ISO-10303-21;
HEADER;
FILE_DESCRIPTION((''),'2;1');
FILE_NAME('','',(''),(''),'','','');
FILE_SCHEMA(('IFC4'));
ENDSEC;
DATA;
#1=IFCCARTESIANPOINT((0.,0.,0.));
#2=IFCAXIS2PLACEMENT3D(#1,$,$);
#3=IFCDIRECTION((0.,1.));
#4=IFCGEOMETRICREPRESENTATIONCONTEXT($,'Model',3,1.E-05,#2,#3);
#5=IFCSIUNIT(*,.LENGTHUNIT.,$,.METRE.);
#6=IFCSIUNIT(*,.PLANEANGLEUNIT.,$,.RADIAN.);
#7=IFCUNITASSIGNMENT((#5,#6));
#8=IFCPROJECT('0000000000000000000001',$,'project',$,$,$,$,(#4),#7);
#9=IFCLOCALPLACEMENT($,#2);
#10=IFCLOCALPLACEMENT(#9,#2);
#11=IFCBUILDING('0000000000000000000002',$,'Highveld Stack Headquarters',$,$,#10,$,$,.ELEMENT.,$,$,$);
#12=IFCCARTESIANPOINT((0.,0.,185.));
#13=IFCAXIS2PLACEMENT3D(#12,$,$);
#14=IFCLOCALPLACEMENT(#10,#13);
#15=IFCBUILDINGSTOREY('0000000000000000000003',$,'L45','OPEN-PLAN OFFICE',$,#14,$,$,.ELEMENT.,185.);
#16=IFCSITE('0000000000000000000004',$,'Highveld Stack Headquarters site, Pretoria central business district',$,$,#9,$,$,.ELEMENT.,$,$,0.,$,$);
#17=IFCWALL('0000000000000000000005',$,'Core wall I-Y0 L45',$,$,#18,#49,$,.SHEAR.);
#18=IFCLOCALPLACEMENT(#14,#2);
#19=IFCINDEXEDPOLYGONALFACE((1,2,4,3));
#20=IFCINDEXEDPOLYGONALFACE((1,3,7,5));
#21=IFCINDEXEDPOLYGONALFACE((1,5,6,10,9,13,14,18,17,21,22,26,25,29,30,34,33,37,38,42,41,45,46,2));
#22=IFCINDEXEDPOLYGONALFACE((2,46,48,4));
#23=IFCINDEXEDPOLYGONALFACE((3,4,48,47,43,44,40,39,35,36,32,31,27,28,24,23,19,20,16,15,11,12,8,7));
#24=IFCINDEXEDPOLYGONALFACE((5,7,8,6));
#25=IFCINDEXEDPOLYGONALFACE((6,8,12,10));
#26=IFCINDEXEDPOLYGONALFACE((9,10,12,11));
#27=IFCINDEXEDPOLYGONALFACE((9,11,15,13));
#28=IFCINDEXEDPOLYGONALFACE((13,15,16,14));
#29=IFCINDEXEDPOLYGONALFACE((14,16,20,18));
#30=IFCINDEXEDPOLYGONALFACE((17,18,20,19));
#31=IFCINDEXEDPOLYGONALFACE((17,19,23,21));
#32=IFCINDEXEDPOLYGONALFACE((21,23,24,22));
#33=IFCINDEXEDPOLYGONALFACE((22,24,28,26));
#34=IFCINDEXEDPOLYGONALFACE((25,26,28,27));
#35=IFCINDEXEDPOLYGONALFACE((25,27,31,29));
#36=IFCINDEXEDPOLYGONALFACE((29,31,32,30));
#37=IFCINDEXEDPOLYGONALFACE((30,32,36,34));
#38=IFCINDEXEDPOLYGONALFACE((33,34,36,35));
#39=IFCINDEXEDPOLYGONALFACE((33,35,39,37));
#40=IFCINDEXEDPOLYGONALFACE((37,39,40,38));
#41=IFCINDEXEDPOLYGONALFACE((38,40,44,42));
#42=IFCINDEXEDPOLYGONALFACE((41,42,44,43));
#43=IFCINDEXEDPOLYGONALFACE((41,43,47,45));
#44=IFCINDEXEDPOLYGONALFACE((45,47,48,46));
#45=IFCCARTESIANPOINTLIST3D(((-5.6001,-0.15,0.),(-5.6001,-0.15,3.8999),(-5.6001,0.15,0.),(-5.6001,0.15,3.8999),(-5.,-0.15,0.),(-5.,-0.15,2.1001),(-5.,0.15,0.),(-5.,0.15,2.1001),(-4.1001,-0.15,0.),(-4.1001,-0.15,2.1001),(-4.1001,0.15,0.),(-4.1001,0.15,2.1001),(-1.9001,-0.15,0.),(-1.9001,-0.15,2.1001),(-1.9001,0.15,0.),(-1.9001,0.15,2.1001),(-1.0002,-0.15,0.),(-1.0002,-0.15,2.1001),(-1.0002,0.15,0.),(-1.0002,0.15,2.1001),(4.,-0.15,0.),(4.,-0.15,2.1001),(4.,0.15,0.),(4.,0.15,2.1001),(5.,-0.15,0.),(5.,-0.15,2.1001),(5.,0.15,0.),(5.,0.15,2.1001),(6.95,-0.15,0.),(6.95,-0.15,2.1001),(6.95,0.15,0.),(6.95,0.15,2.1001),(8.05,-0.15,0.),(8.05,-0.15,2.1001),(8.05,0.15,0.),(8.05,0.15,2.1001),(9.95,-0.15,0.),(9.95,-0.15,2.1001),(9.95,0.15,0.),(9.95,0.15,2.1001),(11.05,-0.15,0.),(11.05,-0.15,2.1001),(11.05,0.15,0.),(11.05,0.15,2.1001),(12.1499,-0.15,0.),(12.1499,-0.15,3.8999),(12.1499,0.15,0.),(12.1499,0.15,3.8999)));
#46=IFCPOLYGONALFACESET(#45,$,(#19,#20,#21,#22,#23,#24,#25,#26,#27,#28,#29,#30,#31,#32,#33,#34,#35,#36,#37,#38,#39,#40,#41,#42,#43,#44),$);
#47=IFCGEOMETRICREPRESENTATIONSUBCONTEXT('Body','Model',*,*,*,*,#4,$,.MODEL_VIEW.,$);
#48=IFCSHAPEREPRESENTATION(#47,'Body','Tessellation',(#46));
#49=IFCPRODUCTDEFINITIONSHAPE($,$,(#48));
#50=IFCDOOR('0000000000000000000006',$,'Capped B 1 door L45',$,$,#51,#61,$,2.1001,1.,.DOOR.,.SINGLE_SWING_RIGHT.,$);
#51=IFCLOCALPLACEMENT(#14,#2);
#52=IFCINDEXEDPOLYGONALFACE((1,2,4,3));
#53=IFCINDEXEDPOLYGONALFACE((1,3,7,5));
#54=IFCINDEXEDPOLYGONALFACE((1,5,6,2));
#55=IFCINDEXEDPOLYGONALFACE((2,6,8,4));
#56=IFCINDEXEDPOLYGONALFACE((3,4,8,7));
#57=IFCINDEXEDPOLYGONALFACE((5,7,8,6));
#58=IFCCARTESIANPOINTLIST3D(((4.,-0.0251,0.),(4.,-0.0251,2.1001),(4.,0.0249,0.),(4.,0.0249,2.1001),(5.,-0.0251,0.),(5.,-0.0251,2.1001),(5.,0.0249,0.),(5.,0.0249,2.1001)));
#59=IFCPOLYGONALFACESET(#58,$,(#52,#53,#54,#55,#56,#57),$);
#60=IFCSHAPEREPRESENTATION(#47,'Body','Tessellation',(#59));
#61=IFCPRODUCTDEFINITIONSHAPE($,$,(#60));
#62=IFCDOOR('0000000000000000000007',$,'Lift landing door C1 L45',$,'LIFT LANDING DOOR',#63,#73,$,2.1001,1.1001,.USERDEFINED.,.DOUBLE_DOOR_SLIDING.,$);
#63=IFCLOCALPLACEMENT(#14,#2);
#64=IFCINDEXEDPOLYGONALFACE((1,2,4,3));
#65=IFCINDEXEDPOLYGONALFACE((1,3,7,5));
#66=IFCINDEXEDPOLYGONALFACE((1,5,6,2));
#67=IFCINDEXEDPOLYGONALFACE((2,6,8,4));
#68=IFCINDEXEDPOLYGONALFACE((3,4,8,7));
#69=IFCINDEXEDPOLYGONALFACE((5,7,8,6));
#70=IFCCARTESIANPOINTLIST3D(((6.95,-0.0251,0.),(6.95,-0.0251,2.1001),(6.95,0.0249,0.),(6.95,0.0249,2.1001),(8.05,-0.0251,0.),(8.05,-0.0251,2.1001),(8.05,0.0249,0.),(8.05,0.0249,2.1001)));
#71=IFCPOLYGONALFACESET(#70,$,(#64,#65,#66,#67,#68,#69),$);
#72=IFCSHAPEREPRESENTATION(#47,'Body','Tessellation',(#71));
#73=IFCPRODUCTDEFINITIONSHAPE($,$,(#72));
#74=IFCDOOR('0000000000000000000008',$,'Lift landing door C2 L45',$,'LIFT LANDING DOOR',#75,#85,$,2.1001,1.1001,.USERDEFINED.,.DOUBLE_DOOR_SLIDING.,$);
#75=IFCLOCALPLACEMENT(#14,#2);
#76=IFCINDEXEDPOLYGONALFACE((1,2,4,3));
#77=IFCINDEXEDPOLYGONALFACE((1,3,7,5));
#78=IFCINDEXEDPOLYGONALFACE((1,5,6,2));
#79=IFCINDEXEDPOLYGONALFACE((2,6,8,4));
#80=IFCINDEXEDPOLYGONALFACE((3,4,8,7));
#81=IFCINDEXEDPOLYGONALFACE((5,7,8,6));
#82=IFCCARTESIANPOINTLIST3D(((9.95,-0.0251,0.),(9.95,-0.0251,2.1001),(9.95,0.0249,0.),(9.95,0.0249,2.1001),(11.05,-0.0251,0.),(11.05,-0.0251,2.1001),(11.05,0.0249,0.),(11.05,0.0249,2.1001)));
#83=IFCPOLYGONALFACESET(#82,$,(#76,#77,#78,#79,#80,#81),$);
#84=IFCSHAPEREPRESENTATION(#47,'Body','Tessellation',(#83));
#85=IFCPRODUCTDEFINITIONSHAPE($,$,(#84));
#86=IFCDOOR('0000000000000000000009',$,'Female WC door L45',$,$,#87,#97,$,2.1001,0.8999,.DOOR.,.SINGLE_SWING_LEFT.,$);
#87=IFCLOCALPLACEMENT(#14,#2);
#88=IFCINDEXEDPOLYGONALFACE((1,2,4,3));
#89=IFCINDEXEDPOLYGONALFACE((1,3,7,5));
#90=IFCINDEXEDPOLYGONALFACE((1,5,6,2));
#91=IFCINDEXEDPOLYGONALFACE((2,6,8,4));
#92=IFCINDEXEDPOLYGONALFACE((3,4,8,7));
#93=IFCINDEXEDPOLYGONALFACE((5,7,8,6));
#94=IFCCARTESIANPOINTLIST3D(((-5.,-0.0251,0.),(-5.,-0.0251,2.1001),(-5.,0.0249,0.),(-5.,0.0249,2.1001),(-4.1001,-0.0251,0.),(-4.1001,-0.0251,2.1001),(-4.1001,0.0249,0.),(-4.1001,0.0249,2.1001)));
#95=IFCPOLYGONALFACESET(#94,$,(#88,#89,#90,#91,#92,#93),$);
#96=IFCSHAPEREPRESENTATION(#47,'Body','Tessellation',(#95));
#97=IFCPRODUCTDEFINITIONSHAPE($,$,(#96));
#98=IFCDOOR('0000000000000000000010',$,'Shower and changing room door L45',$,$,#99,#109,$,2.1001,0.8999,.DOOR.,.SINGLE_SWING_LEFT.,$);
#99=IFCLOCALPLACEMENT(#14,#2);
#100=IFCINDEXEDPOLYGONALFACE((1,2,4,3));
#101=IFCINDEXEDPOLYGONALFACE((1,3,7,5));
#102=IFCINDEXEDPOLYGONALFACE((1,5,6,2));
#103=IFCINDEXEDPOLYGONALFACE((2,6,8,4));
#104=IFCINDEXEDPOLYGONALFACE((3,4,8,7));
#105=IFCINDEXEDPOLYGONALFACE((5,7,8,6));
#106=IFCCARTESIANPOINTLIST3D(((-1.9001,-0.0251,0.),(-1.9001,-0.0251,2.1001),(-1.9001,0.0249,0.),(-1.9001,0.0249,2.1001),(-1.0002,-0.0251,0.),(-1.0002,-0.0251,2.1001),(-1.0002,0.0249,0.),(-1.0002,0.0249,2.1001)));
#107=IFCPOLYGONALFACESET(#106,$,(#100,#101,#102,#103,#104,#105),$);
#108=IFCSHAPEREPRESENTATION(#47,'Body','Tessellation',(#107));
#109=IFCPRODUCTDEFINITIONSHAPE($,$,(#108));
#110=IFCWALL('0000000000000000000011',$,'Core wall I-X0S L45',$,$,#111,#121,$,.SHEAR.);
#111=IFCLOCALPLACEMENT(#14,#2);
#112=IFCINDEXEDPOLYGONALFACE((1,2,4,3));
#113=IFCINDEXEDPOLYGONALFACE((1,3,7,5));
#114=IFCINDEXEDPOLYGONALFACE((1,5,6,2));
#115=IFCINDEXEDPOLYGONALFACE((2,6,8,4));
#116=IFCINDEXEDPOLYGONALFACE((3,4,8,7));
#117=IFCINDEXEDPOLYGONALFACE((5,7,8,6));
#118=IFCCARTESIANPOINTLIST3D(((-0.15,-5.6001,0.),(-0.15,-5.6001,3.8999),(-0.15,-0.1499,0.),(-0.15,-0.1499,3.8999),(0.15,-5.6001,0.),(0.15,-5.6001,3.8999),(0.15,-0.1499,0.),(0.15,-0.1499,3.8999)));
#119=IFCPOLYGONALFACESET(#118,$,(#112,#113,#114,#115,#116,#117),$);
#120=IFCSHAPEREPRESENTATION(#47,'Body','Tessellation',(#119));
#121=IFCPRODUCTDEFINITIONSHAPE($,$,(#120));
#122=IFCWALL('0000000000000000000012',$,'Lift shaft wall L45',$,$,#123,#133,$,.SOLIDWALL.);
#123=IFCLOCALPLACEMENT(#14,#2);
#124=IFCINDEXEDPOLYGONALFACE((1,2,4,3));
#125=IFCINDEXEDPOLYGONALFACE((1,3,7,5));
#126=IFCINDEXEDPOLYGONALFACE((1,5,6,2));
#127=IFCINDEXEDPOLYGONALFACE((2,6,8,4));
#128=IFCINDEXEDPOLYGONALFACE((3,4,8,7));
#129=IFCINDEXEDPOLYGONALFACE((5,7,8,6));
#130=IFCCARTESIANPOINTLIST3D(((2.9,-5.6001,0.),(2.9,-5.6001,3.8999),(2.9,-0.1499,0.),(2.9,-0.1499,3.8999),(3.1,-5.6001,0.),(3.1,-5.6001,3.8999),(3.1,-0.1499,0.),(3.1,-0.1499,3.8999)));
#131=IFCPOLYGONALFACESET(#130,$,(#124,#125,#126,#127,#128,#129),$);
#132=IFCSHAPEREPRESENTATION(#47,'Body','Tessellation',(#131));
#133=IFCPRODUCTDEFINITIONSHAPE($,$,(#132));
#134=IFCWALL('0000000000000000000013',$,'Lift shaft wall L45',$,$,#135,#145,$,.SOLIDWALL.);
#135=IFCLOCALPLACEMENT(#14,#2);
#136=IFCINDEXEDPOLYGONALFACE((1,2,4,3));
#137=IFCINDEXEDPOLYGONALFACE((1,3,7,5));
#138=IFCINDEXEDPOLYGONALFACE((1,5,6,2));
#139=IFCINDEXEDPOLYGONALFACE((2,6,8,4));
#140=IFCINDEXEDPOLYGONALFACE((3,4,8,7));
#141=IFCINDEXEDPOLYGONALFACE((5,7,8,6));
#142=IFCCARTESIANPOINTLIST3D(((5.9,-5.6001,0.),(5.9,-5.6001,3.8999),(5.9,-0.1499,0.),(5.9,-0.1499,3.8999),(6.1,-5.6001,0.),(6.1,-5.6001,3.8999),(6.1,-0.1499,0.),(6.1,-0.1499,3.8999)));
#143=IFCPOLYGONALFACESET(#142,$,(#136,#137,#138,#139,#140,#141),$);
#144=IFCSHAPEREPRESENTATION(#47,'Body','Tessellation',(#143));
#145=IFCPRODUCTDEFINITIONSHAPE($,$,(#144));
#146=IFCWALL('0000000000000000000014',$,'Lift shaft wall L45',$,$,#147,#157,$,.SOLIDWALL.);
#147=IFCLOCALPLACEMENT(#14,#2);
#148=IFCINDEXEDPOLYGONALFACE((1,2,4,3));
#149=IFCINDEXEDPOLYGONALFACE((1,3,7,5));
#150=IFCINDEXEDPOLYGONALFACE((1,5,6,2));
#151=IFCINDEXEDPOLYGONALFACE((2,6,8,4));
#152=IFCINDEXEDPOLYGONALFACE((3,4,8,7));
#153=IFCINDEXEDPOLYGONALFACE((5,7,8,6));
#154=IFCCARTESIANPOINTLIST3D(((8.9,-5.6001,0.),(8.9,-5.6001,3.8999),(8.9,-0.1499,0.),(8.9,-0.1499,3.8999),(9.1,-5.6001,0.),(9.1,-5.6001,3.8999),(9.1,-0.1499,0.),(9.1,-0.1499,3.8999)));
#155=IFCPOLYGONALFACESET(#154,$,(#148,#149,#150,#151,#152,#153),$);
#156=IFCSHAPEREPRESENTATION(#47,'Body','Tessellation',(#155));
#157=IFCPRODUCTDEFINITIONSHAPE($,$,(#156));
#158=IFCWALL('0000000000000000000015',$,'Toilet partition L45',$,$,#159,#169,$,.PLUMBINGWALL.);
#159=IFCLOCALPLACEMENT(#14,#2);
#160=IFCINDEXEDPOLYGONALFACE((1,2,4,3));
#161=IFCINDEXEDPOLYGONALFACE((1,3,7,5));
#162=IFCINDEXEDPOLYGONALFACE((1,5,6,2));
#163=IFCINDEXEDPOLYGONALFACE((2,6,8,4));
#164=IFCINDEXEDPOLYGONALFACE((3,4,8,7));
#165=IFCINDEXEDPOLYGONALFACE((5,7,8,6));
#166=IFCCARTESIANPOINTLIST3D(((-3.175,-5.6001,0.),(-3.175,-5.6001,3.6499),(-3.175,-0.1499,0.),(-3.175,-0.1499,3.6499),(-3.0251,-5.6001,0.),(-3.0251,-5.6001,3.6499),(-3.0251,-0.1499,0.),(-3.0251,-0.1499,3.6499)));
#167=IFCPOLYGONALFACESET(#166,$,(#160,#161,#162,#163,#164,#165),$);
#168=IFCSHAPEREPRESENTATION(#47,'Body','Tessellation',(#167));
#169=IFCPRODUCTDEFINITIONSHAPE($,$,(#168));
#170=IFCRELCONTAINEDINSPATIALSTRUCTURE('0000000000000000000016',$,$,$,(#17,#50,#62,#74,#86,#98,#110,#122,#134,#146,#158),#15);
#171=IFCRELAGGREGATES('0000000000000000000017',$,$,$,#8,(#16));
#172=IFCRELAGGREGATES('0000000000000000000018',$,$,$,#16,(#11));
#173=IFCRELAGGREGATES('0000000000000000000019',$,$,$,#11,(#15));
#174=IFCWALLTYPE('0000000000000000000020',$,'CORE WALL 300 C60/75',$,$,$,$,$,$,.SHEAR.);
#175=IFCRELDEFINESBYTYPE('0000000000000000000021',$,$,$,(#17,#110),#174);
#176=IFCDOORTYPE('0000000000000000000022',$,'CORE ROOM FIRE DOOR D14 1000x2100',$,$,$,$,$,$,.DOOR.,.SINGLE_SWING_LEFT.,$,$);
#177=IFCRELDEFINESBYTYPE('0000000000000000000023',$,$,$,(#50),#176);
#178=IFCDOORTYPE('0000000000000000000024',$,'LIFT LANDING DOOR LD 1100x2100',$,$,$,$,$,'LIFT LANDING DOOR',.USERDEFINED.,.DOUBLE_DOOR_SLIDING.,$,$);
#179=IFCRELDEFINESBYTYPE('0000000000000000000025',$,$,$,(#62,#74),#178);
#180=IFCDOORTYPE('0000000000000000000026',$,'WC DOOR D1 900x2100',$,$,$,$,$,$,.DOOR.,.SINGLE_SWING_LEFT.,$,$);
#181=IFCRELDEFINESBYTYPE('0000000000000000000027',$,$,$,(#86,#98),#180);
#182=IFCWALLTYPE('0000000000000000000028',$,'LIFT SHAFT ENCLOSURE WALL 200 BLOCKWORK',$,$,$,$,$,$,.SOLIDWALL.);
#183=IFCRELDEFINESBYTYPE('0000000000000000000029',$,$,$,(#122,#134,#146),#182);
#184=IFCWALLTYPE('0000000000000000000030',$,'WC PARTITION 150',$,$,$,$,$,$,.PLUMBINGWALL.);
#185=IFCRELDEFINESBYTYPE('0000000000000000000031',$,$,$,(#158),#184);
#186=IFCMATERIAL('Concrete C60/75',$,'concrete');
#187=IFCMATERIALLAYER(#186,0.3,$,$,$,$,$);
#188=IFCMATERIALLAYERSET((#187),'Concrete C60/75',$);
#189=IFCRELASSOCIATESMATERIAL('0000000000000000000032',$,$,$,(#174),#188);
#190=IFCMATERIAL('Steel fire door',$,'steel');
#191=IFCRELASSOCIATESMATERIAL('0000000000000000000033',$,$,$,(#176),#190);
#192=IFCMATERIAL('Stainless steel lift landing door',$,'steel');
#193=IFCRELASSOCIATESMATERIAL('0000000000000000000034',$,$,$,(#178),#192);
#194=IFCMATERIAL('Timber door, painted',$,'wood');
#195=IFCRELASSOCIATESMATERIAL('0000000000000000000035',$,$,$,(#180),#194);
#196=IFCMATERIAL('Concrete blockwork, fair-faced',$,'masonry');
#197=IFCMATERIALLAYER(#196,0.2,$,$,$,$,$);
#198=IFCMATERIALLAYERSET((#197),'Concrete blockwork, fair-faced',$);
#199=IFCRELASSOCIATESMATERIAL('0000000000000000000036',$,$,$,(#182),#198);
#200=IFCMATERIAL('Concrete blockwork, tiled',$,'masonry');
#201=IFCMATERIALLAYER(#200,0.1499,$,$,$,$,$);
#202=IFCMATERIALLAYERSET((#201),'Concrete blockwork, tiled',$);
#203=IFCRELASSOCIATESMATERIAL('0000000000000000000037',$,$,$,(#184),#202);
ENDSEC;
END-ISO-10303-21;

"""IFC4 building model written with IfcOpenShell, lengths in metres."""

from ifc_helpers import new_model, si_unit, direction, frame, frame_2d, origin, place, context, subcontext, project, spatial, rectangle, extrude, material, layer, layer_set, type_object, element, fill, save


model = new_model("IFC4")

# Units and contexts
model_context = context("Model", 3, precision=1e-05, world=origin(), true_north=direction((0.0, 1.0)))
body_context = subcontext(model_context, "Body", "Model", "MODEL_VIEW")
ifc_project = project(units=[si_unit("LENGTHUNIT", "METRE"), si_unit("PLANEANGLEUNIT", "RADIAN")], contexts=[model_context])

# Site, building, storey
site_placement = place(None, origin())
site = spatial("IfcSite", under=ifc_project, at=site_placement, Name="Highveld Stack Headquarters site, Pretoria central business district", CompositionType="ELEMENT", RefElevation=0.0)
building_placement = place(site_placement, origin())
building = spatial("IfcBuilding", under=site, at=building_placement, Name="Highveld Stack Headquarters", CompositionType="ELEMENT")
storey_placement = place(building_placement, frame((0.0, 0.0, 185.0)))
storey = spatial("IfcBuildingStorey", under=building, at=storey_placement, Name="L45", Description="OPEN-PLAN OFFICE", CompositionType="ELEMENT", Elevation=185.0)

# Wall, openings, doors
ifc_material_1 = material(Name="Concrete C60/75", Category="concrete")
ifc_layer_1 = layer(ifc_material_1, 0.3)
ifc_layer_set_1 = layer_set([ifc_layer_1], Name="Concrete C60/75")
wall_type_1 = type_object("IfcWallType", Name="CORE WALL 300 C60/75", PredefinedType="SHEAR", material=ifc_layer_set_1)
wall_1_placement = place(storey_placement, frame((-5.6001, 0.0, 0.0), z_axis=(0.0, 0.0, 1.0), x_axis=(1.0, 0.0, 0.0)))
wall_1 = element("IfcWall", 1, at=wall_1_placement, inside=storey, type_object=wall_type_1, Name="Core wall I-Y0 L45", PredefinedType="SHEAR", context=body_context, shape_type="SweptSolid", body=[
    extrude(rectangle(XDim=17.75, YDim=0.3, at=frame_2d((8.875, 0.0))), origin(), (0.0, 0.0, 1.0), 3.8999),
])
opening_1_placement = place(wall_1_placement, frame((0.6001, 0.0, 0.0)))
opening_1 = element("IfcOpeningElement", 2, at=opening_1_placement, cuts=wall_1, PredefinedType="OPENING", context=body_context, shape_type="SweptSolid", body=[
    extrude(rectangle(XDim=0.8999, YDim=2.1001, at=frame_2d((0.45, 1.05))), frame((0.0, 0.1599, 0.0), z_axis=(0.0, -1.0, 0.0), x_axis=(1.0, 0.0, 0.0)), (0.0, 0.0, 1.0), 0.3201),
])
opening_2_placement = place(wall_1_placement, frame((3.7, 0.0, 0.0)))
opening_2 = element("IfcOpeningElement", 3, at=opening_2_placement, cuts=wall_1, PredefinedType="OPENING", context=body_context, shape_type="SweptSolid", body=[
    extrude(rectangle(XDim=0.8999, YDim=2.1001, at=frame_2d((0.45, 1.05))), frame((0.0, 0.1599, 0.0), z_axis=(0.0, -1.0, 0.0), x_axis=(1.0, 0.0, 0.0)), (0.0, 0.0, 1.0), 0.3201),
])
opening_3_placement = place(wall_1_placement, frame((9.6001, 0.0, 0.0)))
opening_3 = element("IfcOpeningElement", 4, at=opening_3_placement, cuts=wall_1, PredefinedType="OPENING", context=body_context, shape_type="SweptSolid", body=[
    extrude(rectangle(XDim=1.0, YDim=2.1001, at=frame_2d((0.5, 1.05))), frame((0.0, 0.1599, 0.0), z_axis=(0.0, -1.0, 0.0), x_axis=(1.0, 0.0, 0.0)), (0.0, 0.0, 1.0), 0.3201),
])
opening_4_placement = place(wall_1_placement, frame((12.55, 0.0, 0.0)))
opening_4 = element("IfcOpeningElement", 5, at=opening_4_placement, cuts=wall_1, PredefinedType="OPENING", context=body_context, shape_type="SweptSolid", body=[
    extrude(rectangle(XDim=1.1001, YDim=2.1001, at=frame_2d((0.55, 1.05))), frame((0.0, 0.1599, 0.0), z_axis=(0.0, -1.0, 0.0), x_axis=(1.0, 0.0, 0.0)), (0.0, 0.0, 1.0), 0.3201),
])
opening_5_placement = place(wall_1_placement, frame((15.55, 0.0, 0.0)))
opening_5 = element("IfcOpeningElement", 6, at=opening_5_placement, cuts=wall_1, PredefinedType="OPENING", context=body_context, shape_type="SweptSolid", body=[
    extrude(rectangle(XDim=1.1001, YDim=2.1001, at=frame_2d((0.55, 1.05))), frame((0.0, 0.1599, 0.0), z_axis=(0.0, -1.0, 0.0), x_axis=(1.0, 0.0, 0.0)), (0.0, 0.0, 1.0), 0.3201),
])
ifc_material_2 = material(Name="Steel fire door", Category="steel")
door_type_1 = type_object("IfcDoorType", Name="CORE ROOM FIRE DOOR D14 1000x2100", OperationType="SINGLE_SWING_LEFT", PredefinedType="DOOR", material=ifc_material_2)
door_1_placement = place(opening_3_placement, origin())
door_1 = element("IfcDoor", 7, at=door_1_placement, inside=storey, type_object=door_type_1, Name="Capped B 1 door L45", OperationType="SINGLE_SWING_RIGHT", OverallHeight=2.1001, OverallWidth=1.0, PredefinedType="DOOR", context=body_context, shape_type="SweptSolid", body=[
    extrude(rectangle(XDim=1.0, YDim=2.1001, at=frame_2d((0.5, 1.05))), frame((0.0, 0.0249, 0.0), z_axis=(0.0, -1.0, 0.0), x_axis=(1.0, 0.0, 0.0)), (0.0, 0.0, 1.0), 0.05),
])
fill(opening_3, door_1)
ifc_material_3 = material(Name="Stainless steel lift landing door", Category="steel")
door_type_2 = type_object("IfcDoorType", Name="LIFT LANDING DOOR LD 1100x2100", ElementType="LIFT LANDING DOOR", OperationType="DOUBLE_DOOR_SLIDING", PredefinedType="USERDEFINED", material=ifc_material_3)
door_2_placement = place(opening_4_placement, origin())
door_2 = element("IfcDoor", 8, at=door_2_placement, inside=storey, type_object=door_type_2, Name="Lift landing door C1 L45", ObjectType="LIFT LANDING DOOR", OperationType="DOUBLE_DOOR_SLIDING", OverallHeight=2.1001, OverallWidth=1.1001, PredefinedType="USERDEFINED", context=body_context, shape_type="SweptSolid", body=[
    extrude(rectangle(XDim=1.1001, YDim=2.1001, at=frame_2d((0.55, 1.05))), frame((0.0, 0.0249, 0.0), z_axis=(0.0, -1.0, 0.0), x_axis=(1.0, 0.0, 0.0)), (0.0, 0.0, 1.0), 0.05),
])
fill(opening_4, door_2)
door_3_placement = place(opening_5_placement, origin())
door_3 = element("IfcDoor", 9, at=door_3_placement, inside=storey, type_object=door_type_2, Name="Lift landing door C2 L45", ObjectType="LIFT LANDING DOOR", OperationType="DOUBLE_DOOR_SLIDING", OverallHeight=2.1001, OverallWidth=1.1001, PredefinedType="USERDEFINED", context=body_context, shape_type="SweptSolid", body=[
    extrude(rectangle(XDim=1.1001, YDim=2.1001, at=frame_2d((0.55, 1.05))), frame((0.0, 0.0249, 0.0), z_axis=(0.0, -1.0, 0.0), x_axis=(1.0, 0.0, 0.0)), (0.0, 0.0, 1.0), 0.05),
])
fill(opening_5, door_3)
ifc_material_4 = material(Name="Timber door, painted", Category="wood")
door_type_3 = type_object("IfcDoorType", Name="WC DOOR D1 900x2100", OperationType="SINGLE_SWING_LEFT", PredefinedType="DOOR", material=ifc_material_4)
door_4_placement = place(opening_1_placement, origin())
door_4 = element("IfcDoor", 10, at=door_4_placement, inside=storey, type_object=door_type_3, Name="Female WC door L45", OperationType="SINGLE_SWING_LEFT", OverallHeight=2.1001, OverallWidth=0.8999, PredefinedType="DOOR", context=body_context, shape_type="SweptSolid", body=[
    extrude(rectangle(XDim=0.8999, YDim=2.1001, at=frame_2d((0.45, 1.05))), frame((0.0, 0.0249, 0.0), z_axis=(0.0, -1.0, 0.0), x_axis=(1.0, 0.0, 0.0)), (0.0, 0.0, 1.0), 0.05),
])
fill(opening_1, door_4)
door_5_placement = place(opening_2_placement, origin())
door_5 = element("IfcDoor", 11, at=door_5_placement, inside=storey, type_object=door_type_3, Name="Shower and changing room door L45", OperationType="SINGLE_SWING_LEFT", OverallHeight=2.1001, OverallWidth=0.8999, PredefinedType="DOOR", context=body_context, shape_type="SweptSolid", body=[
    extrude(rectangle(XDim=0.8999, YDim=2.1001, at=frame_2d((0.45, 1.05))), frame((0.0, 0.0249, 0.0), z_axis=(0.0, -1.0, 0.0), x_axis=(1.0, 0.0, 0.0)), (0.0, 0.0, 1.0), 0.05),
])
fill(opening_2, door_5)

# Walls
wall_2_placement = place(storey_placement, frame((0.0, -5.6001, 0.0), z_axis=(0.0, 0.0, 1.0), x_axis=(0.0, 1.0, 0.0)))
element("IfcWall", 12, at=wall_2_placement, inside=storey, type_object=wall_type_1, Name="Core wall I-X0S L45", PredefinedType="SHEAR", context=body_context, shape_type="SweptSolid", body=[
    extrude(rectangle(XDim=5.4502, YDim=0.3, at=frame_2d((2.7251, 0.0))), origin(), (0.0, 0.0, 1.0), 3.8999),
])
ifc_material_5 = material(Name="Concrete blockwork, fair-faced", Category="masonry")
ifc_layer_2 = layer(ifc_material_5, 0.2)
ifc_layer_set_2 = layer_set([ifc_layer_2], Name="Concrete blockwork, fair-faced")
wall_type_2 = type_object("IfcWallType", Name="LIFT SHAFT ENCLOSURE WALL 200 BLOCKWORK", PredefinedType="SOLIDWALL", material=ifc_layer_set_2)
for number, where, z_axis, x_axis, name in (
    (13, (3.0, -5.6001, 0.0), (0.0, 0.0, 1.0), (0.0, 1.0, 0.0), "Lift shaft wall L45"),
    (14, (6.0, -5.6001, 0.0), (0.0, 0.0, 1.0), (0.0, 1.0, 0.0), "Lift shaft wall L45"),
    (15, (9.0, -5.6001, 0.0), (0.0, 0.0, 1.0), (0.0, 1.0, 0.0), "Lift shaft wall L45"),
):
    element("IfcWall", number, at=place(storey_placement, frame(where, z_axis=z_axis, x_axis=x_axis)), inside=storey, type_object=wall_type_2, Name=name, PredefinedType="SOLIDWALL", context=body_context, shape_type="SweptSolid", body=[
        extrude(rectangle(XDim=5.4502, YDim=0.2, at=frame_2d((2.7251, 0.0))), origin(), (0.0, 0.0, 1.0), 3.8999),
    ])
ifc_material_6 = material(Name="Concrete blockwork, tiled", Category="masonry")
ifc_layer_3 = layer(ifc_material_6, 0.1499)
ifc_layer_set_3 = layer_set([ifc_layer_3], Name="Concrete blockwork, tiled")
wall_type_3 = type_object("IfcWallType", Name="WC PARTITION 150", PredefinedType="PLUMBINGWALL", material=ifc_layer_set_3)
wall_3_placement = place(storey_placement, frame((-3.1001, -5.6001, 0.0), z_axis=(0.0, 0.0, 1.0), x_axis=(0.0, 1.0, 0.0)))
element("IfcWall", 16, at=wall_3_placement, inside=storey, type_object=wall_type_3, Name="Toilet partition L45", PredefinedType="PLUMBINGWALL", context=body_context, shape_type="SweptSolid", body=[
    extrude(rectangle(XDim=5.4502, YDim=0.1499, at=frame_2d((2.7251, 0.0))), origin(), (0.0, 0.0, 1.0), 3.6499),
])

save(model, "model.ifc")
